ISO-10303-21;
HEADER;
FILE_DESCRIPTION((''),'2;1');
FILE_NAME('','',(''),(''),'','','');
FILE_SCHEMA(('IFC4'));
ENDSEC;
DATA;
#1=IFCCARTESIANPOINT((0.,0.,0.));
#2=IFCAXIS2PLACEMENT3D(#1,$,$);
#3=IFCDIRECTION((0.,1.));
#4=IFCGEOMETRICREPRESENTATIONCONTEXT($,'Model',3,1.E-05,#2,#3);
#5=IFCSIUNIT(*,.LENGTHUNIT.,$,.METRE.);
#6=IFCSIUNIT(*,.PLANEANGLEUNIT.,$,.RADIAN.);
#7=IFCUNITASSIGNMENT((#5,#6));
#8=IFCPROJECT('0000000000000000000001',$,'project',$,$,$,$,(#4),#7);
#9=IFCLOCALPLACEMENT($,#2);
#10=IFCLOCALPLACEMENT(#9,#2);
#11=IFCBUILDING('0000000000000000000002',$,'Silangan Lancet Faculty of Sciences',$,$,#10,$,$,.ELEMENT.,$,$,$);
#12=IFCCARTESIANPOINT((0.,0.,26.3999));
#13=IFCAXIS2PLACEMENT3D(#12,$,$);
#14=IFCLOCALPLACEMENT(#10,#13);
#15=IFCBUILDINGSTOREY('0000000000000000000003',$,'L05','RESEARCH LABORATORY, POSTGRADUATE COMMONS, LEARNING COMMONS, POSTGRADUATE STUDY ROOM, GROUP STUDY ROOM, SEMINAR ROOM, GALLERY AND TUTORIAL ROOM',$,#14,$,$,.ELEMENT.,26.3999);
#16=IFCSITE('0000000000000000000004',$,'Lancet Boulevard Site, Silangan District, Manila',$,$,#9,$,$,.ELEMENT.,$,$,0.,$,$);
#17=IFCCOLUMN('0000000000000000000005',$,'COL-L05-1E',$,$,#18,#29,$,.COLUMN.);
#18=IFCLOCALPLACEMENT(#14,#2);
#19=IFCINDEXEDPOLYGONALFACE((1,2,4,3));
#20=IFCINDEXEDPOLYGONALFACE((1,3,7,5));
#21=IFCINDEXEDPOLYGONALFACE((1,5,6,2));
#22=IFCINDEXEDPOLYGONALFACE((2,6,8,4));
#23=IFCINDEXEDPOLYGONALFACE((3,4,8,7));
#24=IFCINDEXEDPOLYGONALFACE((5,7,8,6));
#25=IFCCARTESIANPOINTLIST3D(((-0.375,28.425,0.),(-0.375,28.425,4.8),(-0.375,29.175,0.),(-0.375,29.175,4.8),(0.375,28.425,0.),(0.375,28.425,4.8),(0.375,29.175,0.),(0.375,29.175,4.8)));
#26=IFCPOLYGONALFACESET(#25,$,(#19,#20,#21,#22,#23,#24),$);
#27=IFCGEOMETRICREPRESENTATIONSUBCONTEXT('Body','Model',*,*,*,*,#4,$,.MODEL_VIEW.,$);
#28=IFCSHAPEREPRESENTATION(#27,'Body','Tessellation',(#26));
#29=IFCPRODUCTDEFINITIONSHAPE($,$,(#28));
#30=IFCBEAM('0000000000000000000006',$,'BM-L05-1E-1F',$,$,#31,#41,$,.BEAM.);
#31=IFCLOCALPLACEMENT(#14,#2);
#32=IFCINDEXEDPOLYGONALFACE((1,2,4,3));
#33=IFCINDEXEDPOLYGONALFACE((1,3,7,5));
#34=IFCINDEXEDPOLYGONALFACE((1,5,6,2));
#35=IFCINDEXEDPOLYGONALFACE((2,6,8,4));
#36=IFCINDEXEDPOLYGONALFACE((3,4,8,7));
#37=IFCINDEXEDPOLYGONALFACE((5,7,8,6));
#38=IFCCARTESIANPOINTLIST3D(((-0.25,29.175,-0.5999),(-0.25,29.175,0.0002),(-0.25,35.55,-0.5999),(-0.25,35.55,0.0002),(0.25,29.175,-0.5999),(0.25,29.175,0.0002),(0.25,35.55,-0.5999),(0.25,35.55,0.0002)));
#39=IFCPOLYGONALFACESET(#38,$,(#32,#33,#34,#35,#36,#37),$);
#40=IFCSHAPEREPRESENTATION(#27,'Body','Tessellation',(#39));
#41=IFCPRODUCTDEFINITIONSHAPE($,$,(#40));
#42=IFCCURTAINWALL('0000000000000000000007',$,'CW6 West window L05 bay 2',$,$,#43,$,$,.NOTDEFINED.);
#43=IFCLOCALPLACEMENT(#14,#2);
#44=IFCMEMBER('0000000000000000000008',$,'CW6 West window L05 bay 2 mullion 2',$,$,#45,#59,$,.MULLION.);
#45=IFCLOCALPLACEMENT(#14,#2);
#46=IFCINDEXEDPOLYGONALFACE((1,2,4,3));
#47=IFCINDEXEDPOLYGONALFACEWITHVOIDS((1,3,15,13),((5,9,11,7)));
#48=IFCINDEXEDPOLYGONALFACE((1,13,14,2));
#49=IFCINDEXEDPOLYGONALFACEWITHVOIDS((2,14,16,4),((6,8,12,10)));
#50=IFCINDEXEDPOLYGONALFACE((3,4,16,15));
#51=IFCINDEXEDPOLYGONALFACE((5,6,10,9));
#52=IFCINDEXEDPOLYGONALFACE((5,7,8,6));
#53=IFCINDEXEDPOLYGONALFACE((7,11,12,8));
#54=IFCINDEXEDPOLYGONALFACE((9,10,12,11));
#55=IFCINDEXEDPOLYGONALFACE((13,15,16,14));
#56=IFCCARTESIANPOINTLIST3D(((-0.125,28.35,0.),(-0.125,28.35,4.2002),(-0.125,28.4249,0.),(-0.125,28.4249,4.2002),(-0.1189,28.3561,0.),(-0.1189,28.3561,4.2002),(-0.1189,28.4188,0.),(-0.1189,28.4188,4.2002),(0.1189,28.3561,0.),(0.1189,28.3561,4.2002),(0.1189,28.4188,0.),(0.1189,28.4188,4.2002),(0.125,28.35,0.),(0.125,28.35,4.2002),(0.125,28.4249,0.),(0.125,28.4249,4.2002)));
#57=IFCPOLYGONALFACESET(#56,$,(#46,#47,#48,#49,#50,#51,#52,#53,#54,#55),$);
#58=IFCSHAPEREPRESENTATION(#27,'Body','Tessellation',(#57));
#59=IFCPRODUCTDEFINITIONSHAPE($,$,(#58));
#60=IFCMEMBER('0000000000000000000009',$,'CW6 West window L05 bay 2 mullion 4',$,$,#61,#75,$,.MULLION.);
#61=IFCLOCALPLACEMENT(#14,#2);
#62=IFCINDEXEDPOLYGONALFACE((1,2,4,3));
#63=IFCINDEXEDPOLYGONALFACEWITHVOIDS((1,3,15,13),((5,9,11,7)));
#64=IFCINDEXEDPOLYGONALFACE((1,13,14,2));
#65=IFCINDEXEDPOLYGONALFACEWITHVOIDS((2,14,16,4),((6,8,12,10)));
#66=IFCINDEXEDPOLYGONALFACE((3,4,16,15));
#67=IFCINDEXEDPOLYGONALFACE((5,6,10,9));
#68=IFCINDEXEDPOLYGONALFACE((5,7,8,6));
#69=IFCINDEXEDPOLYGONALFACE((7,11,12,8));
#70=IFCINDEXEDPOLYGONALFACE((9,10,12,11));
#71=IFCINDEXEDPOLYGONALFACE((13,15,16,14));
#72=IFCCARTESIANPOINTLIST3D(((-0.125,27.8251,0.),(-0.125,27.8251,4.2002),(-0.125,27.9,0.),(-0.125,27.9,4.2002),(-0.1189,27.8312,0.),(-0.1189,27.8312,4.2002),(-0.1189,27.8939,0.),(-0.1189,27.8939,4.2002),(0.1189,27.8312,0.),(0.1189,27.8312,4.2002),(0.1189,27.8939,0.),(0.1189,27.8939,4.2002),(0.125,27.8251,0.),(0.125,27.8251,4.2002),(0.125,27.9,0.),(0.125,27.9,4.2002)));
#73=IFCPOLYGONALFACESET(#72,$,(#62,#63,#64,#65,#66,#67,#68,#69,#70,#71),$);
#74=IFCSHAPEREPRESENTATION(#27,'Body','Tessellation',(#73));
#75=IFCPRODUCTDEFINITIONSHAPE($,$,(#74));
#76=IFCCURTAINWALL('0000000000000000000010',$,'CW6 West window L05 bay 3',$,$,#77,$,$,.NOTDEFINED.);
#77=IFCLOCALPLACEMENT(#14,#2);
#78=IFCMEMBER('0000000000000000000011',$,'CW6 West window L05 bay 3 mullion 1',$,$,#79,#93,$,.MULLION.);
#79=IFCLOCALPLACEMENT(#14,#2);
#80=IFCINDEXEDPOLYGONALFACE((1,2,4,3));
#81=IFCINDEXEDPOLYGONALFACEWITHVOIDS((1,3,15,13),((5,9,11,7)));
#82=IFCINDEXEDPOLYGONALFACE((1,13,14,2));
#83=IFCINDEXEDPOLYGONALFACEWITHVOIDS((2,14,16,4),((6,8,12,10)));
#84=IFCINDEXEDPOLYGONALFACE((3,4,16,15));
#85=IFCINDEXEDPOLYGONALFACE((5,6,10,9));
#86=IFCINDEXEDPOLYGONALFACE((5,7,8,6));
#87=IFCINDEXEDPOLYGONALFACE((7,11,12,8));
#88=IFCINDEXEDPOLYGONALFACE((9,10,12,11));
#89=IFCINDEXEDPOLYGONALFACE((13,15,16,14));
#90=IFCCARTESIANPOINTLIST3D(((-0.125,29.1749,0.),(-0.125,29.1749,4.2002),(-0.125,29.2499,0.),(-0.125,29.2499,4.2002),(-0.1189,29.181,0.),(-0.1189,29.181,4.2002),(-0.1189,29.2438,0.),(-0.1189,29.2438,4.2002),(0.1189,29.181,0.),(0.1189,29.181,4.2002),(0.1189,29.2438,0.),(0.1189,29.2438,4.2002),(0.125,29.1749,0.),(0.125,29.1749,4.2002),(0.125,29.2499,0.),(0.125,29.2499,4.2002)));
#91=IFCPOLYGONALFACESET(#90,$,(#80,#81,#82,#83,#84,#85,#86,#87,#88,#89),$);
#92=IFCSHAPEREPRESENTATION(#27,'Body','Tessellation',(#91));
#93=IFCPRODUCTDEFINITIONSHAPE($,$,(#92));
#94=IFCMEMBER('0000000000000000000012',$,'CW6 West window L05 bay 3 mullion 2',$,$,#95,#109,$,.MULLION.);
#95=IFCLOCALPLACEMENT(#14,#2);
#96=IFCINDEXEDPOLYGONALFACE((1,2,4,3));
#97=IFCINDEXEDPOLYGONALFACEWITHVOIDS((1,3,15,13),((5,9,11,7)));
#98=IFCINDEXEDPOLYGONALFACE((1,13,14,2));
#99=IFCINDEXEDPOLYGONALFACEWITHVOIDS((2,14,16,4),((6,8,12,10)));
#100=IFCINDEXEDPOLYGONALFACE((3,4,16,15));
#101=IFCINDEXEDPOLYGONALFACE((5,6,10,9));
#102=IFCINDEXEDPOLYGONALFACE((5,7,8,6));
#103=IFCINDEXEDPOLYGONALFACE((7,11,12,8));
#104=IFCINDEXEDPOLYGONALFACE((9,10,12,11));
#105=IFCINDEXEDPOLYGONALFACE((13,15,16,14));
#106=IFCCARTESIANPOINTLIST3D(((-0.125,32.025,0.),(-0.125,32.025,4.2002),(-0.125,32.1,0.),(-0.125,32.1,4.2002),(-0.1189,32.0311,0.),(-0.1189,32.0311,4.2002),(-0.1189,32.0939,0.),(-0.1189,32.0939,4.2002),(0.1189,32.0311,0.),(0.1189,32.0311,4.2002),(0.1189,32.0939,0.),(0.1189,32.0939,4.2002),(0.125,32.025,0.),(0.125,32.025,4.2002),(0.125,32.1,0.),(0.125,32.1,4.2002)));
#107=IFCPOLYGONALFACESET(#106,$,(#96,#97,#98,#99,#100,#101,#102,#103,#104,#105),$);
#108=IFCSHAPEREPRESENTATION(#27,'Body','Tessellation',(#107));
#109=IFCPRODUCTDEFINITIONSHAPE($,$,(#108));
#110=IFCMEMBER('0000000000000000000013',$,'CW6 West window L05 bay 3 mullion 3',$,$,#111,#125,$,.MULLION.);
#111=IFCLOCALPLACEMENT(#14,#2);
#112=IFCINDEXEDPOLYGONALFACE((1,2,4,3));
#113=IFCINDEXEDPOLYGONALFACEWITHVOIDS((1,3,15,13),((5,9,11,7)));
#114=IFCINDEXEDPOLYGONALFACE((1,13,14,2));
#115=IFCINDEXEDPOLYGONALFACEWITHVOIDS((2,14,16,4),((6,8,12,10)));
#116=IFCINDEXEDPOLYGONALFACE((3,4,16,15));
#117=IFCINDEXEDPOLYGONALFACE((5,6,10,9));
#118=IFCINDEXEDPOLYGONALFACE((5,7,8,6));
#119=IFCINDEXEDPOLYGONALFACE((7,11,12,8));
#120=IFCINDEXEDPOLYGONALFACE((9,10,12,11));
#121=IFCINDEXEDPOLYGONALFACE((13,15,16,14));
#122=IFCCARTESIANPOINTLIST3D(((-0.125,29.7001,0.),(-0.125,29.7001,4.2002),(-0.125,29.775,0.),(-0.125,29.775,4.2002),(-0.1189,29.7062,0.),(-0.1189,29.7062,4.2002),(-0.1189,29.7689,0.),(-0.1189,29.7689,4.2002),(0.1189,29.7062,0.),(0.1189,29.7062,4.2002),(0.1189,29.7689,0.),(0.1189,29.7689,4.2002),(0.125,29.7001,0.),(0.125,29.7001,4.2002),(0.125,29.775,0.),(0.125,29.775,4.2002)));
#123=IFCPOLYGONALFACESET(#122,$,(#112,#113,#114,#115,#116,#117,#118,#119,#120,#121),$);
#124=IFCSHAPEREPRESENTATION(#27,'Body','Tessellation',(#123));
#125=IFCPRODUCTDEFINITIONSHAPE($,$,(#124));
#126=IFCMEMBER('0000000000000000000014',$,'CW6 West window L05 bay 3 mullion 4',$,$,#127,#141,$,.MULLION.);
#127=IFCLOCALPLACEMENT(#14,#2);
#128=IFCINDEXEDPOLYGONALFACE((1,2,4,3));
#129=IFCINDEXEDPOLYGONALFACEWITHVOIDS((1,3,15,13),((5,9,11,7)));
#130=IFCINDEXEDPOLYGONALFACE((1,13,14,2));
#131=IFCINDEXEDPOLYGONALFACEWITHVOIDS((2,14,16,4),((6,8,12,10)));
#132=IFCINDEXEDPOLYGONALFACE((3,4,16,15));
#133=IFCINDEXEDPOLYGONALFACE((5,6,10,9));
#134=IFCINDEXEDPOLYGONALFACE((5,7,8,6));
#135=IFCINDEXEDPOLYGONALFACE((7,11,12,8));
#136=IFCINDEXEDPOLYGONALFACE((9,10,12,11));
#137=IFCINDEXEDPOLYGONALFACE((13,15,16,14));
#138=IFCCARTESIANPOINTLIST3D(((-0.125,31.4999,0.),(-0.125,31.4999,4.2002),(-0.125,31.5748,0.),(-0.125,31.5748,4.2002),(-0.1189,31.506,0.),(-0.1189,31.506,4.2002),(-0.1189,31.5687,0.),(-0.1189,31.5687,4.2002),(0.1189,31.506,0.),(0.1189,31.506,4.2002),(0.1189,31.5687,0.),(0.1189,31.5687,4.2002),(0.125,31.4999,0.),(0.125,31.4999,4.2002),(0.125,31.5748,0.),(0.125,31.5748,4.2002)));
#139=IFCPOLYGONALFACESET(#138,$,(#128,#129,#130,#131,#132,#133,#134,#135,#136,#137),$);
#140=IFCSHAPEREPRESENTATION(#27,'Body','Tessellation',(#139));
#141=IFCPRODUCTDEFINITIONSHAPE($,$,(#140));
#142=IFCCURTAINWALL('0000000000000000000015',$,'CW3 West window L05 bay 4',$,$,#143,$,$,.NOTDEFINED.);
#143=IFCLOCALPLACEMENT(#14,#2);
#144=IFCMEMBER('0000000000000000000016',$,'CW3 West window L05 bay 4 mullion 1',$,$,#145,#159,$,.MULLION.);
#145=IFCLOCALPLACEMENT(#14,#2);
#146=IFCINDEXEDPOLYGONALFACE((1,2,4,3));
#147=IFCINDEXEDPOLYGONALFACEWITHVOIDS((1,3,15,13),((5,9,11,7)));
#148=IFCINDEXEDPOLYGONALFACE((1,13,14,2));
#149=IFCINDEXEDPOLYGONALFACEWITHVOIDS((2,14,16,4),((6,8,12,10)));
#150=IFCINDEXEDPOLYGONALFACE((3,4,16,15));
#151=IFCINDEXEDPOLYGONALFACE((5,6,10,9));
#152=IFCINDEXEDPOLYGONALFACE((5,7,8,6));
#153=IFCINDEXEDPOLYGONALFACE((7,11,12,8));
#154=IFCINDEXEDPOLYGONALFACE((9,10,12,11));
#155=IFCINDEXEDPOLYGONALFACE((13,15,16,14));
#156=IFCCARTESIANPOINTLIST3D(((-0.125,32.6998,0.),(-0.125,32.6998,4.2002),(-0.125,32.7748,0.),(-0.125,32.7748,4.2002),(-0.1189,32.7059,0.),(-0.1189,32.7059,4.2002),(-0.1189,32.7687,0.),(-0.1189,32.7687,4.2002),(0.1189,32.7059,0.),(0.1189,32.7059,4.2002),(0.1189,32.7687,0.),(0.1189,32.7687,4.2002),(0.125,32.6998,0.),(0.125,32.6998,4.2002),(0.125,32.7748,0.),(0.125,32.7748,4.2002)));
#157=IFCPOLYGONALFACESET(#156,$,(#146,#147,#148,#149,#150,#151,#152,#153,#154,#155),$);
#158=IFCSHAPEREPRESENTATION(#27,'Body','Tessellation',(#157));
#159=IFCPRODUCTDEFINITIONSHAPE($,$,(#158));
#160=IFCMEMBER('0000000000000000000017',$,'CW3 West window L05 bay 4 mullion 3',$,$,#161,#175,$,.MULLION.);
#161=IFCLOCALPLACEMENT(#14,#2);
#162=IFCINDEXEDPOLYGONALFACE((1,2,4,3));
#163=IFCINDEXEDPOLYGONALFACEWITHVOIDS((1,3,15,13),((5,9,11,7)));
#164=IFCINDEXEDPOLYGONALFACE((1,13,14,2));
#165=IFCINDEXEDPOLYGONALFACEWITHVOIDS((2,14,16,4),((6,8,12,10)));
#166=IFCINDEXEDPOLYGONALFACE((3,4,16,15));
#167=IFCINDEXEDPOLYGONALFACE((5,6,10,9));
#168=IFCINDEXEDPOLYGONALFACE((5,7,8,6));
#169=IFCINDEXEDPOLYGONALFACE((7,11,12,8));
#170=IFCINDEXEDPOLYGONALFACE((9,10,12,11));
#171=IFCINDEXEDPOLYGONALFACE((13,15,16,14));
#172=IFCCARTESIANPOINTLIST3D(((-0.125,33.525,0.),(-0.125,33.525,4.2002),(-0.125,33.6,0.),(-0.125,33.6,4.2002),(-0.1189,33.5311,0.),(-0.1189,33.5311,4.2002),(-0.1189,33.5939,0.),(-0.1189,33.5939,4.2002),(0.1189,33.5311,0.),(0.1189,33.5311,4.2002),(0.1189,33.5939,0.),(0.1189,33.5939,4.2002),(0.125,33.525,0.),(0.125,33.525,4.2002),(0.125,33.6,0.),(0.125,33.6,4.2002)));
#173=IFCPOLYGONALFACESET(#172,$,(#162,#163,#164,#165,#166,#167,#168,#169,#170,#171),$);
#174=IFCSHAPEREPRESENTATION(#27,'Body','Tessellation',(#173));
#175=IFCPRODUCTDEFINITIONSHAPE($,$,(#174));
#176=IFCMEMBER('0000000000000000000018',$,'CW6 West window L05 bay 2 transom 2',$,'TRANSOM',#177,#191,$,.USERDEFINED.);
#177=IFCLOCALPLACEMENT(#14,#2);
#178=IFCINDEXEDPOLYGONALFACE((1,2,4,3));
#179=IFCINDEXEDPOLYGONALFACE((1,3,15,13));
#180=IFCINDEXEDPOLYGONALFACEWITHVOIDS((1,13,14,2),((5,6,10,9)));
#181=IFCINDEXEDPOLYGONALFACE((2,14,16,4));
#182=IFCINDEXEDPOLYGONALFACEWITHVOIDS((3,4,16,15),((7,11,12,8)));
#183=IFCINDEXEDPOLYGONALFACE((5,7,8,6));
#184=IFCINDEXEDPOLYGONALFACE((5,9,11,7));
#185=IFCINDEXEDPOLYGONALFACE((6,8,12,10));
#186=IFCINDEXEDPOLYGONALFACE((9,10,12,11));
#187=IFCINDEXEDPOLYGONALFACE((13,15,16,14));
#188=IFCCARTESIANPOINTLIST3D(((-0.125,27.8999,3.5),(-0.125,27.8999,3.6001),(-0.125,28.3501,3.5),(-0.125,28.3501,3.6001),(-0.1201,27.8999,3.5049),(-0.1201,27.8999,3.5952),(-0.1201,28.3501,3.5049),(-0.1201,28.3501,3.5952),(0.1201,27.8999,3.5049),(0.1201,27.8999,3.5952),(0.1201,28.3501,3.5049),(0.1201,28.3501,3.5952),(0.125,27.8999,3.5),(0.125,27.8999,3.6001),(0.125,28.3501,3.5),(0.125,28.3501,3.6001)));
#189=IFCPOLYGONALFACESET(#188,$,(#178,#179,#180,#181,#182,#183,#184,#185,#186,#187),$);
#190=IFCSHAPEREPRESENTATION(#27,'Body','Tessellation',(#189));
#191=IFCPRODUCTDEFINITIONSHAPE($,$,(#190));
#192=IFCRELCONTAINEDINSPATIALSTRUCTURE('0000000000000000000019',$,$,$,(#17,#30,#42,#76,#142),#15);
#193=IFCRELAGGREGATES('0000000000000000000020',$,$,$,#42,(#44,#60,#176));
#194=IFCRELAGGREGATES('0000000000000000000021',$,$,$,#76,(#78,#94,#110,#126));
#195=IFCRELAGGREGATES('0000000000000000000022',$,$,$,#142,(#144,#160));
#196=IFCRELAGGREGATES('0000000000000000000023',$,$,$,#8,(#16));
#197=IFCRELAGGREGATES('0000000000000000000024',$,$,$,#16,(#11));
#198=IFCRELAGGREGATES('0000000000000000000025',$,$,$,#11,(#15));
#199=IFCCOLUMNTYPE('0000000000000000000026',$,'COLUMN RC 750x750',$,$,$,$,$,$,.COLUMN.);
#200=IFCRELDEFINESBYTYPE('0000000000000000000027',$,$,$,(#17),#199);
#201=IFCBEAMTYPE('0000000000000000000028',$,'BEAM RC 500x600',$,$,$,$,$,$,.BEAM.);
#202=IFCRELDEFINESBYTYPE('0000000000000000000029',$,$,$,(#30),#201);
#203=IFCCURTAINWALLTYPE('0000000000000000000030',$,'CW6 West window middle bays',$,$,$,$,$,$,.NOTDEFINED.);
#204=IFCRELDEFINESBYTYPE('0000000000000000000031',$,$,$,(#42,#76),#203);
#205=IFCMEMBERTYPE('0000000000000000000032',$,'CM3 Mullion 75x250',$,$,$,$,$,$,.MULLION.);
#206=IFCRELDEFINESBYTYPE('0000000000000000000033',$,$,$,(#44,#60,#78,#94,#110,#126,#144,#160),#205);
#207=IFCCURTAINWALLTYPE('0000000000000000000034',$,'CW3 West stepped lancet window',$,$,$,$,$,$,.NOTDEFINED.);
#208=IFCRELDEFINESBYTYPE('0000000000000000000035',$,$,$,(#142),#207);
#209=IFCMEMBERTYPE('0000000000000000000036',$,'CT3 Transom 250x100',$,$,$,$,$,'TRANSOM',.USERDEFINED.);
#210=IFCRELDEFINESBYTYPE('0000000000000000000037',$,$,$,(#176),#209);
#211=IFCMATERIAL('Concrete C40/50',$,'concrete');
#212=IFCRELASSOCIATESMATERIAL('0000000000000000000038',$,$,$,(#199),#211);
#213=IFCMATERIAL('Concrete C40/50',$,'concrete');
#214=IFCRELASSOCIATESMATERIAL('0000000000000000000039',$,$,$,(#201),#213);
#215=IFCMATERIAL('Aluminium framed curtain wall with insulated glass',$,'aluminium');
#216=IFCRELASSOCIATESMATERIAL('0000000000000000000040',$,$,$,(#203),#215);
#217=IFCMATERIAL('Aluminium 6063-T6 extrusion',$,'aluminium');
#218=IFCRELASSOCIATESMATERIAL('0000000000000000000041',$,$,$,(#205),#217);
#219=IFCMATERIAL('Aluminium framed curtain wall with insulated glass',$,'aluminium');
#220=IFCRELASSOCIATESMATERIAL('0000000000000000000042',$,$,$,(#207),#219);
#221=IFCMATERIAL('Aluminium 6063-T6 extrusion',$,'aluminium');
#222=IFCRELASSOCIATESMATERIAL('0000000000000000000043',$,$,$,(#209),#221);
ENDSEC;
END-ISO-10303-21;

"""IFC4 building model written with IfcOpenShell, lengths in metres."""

from ifc_helpers import new_model, si_unit, direction, frame, origin, origin_2d, place, context, subcontext, project, spatial, rectangle, hollow_rectangle, extrude, material, material_profile, profile_set, type_object, element, aggregate, save


model = new_model("IFC4")

# Units and contexts
model_context = context("Model", 3, precision=1e-05, world=origin(), true_north=direction((0.0, 1.0)))
body_context = subcontext(model_context, "Body", "Model", "MODEL_VIEW")
ifc_project = project(units=[si_unit("LENGTHUNIT", "METRE"), si_unit("PLANEANGLEUNIT", "RADIAN")], contexts=[model_context])

# Site, building, storey
site_placement = place(None, origin())
site = spatial("IfcSite", under=ifc_project, at=site_placement, Name="Lancet Boulevard Site, Silangan District, Manila", CompositionType="ELEMENT", RefElevation=0.0)
building_placement = place(site_placement, origin())
building = spatial("IfcBuilding", under=site, at=building_placement, Name="Silangan Lancet Faculty of Sciences", CompositionType="ELEMENT")
storey_placement = place(building_placement, frame((0.0, 0.0, 26.3999)))
storey = spatial("IfcBuildingStorey", under=building, at=storey_placement, Name="L05", Description="RESEARCH LABORATORY, POSTGRADUATE COMMONS, LEARNING COMMONS, POSTGRADUATE STUDY ROOM, GROUP STUDY ROOM, SEMINAR ROOM, GALLERY AND TUTORIAL ROOM", CompositionType="ELEMENT", Elevation=26.3999)

# Column
ifc_material_1 = material(Name="Concrete C40/50", Category="concrete")
ifc_material_profile_1 = material_profile(ifc_material_1, rectangle(XDim=0.75, YDim=0.75, at=origin_2d()), Name="RC 750x750")
ifc_profile_set_1 = profile_set([ifc_material_profile_1], Name="Concrete C40/50")
column_type = type_object("IfcColumnType", Name="COLUMN RC 750x750", PredefinedType="COLUMN", material=ifc_profile_set_1)
column_placement = place(storey_placement, frame((0.0, 28.8, 0.0), z_axis=(0.0, 0.0, 1.0), x_axis=(1.0, 0.0, 0.0)))
element("IfcColumn", 1, at=column_placement, inside=storey, type_object=column_type, Name="COL-L05-1E", PredefinedType="COLUMN", context=body_context, shape_type="SweptSolid", body=[
    extrude(rectangle(XDim=0.75, YDim=0.75, at=origin_2d()), origin(), (0.0, 0.0, 1.0), 4.8),
])

# Beam
ifc_material_2 = material(Name="Concrete C40/50", Category="concrete")
ifc_material_profile_2 = material_profile(ifc_material_2, rectangle(XDim=0.5, YDim=0.6001, at=origin_2d()), Name="RC 500x600")
ifc_profile_set_2 = profile_set([ifc_material_profile_2], Name="Concrete C40/50")
beam_type = type_object("IfcBeamType", Name="BEAM RC 500x600", PredefinedType="BEAM", material=ifc_profile_set_2)
beam_placement = place(storey_placement, frame((0.0, 29.175, -0.2998), z_axis=(0.0, 1.0, 0.0), x_axis=(-1.0, 0.0, 0.0)))
element("IfcBeam", 2, at=beam_placement, inside=storey, type_object=beam_type, Name="BM-L05-1E-1F", PredefinedType="BEAM", context=body_context, shape_type="SweptSolid", body=[
    extrude(rectangle(XDim=0.5, YDim=0.6001, at=origin_2d()), origin(), (0.0, 0.0, 1.0), 6.375),
])

# Curtain walls, members
ifc_material_3 = material(Name="Aluminium framed curtain wall with insulated glass", Category="aluminium")
curtain_wall_type_1 = type_object("IfcCurtainWallType", Name="CW6 West window middle bays", PredefinedType="NOTDEFINED", material=ifc_material_3)
curtain_wall_1_placement = place(storey_placement, origin())
curtain_wall_1 = element("IfcCurtainWall", 3, at=curtain_wall_1_placement, inside=storey, type_object=curtain_wall_type_1, Name="CW6 West window L05 bay 2", PredefinedType="NOTDEFINED")
ifc_material_4 = material(Name="Aluminium 6063-T6 extrusion", Category="aluminium")
ifc_material_profile_3 = material_profile(ifc_material_4, hollow_rectangle(XDim=0.075, YDim=0.25, WallThickness=0.0061, at=origin_2d()), Name="AL BOX 75x250x6")
ifc_profile_set_3 = profile_set([ifc_material_profile_3], Name="Aluminium 6063-T6 extrusion")
member_type_1 = type_object("IfcMemberType", Name="CM3 Mullion 75x250", PredefinedType="MULLION", material=ifc_profile_set_3)
member_1_placement = place(storey_placement, frame((0.0, 28.3875, 0.0), z_axis=(0.0, 0.0, 1.0), x_axis=(0.0, 1.0, 0.0)))
member_1 = element("IfcMember", 4, at=member_1_placement, type_object=member_type_1, Name="CW6 West window L05 bay 2 mullion 2", PredefinedType="MULLION", context=body_context, shape_type="SweptSolid", body=[
    extrude(hollow_rectangle(XDim=0.075, YDim=0.25, WallThickness=0.0061, at=origin_2d()), origin(), (0.0, 0.0, 1.0), 4.2002),
])
member_2_placement = place(storey_placement, frame((0.0, 27.8625, 0.0), z_axis=(0.0, 0.0, 1.0), x_axis=(0.0, 1.0, 0.0)))
member_2 = element("IfcMember", 5, at=member_2_placement, type_object=member_type_1, Name="CW6 West window L05 bay 2 mullion 4", PredefinedType="MULLION", context=body_context, shape_type="SweptSolid", body=[
    extrude(hollow_rectangle(XDim=0.075, YDim=0.25, WallThickness=0.0061, at=origin_2d()), origin(), (0.0, 0.0, 1.0), 4.2002),
])
curtain_wall_2_placement = place(storey_placement, origin())
curtain_wall_2 = element("IfcCurtainWall", 6, at=curtain_wall_2_placement, inside=storey, type_object=curtain_wall_type_1, Name="CW6 West window L05 bay 3", PredefinedType="NOTDEFINED")
member_3_placement = place(storey_placement, frame((0.0, 29.2124, 0.0), z_axis=(0.0, 0.0, 1.0), x_axis=(0.0, 1.0, 0.0)))
member_3 = element("IfcMember", 7, at=member_3_placement, type_object=member_type_1, Name="CW6 West window L05 bay 3 mullion 1", PredefinedType="MULLION", context=body_context, shape_type="SweptSolid", body=[
    extrude(hollow_rectangle(XDim=0.075, YDim=0.25, WallThickness=0.0061, at=origin_2d()), origin(), (0.0, 0.0, 1.0), 4.2002),
])
member_4_placement = place(storey_placement, frame((0.0, 32.0625, 0.0), z_axis=(0.0, 0.0, 1.0), x_axis=(0.0, 1.0, 0.0)))
member_4 = element("IfcMember", 8, at=member_4_placement, type_object=member_type_1, Name="CW6 West window L05 bay 3 mullion 2", PredefinedType="MULLION", context=body_context, shape_type="SweptSolid", body=[
    extrude(hollow_rectangle(XDim=0.075, YDim=0.25, WallThickness=0.0061, at=origin_2d()), origin(), (0.0, 0.0, 1.0), 4.2002),
])
member_5_placement = place(storey_placement, frame((0.0, 29.7375, 0.0), z_axis=(0.0, 0.0, 1.0), x_axis=(0.0, 1.0, 0.0)))
member_5 = element("IfcMember", 9, at=member_5_placement, type_object=member_type_1, Name="CW6 West window L05 bay 3 mullion 3", PredefinedType="MULLION", context=body_context, shape_type="SweptSolid", body=[
    extrude(hollow_rectangle(XDim=0.075, YDim=0.25, WallThickness=0.0061, at=origin_2d()), origin(), (0.0, 0.0, 1.0), 4.2002),
])
member_6_placement = place(storey_placement, frame((0.0, 31.5374, 0.0), z_axis=(0.0, 0.0, 1.0), x_axis=(0.0, 1.0, 0.0)))
member_6 = element("IfcMember", 10, at=member_6_placement, type_object=member_type_1, Name="CW6 West window L05 bay 3 mullion 4", PredefinedType="MULLION", context=body_context, shape_type="SweptSolid", body=[
    extrude(hollow_rectangle(XDim=0.075, YDim=0.25, WallThickness=0.0061, at=origin_2d()), origin(), (0.0, 0.0, 1.0), 4.2002),
])
ifc_material_5 = material(Name="Aluminium framed curtain wall with insulated glass", Category="aluminium")
curtain_wall_type_2 = type_object("IfcCurtainWallType", Name="CW3 West stepped lancet window", PredefinedType="NOTDEFINED", material=ifc_material_5)
curtain_wall_3_placement = place(storey_placement, origin())
curtain_wall_3 = element("IfcCurtainWall", 11, at=curtain_wall_3_placement, inside=storey, type_object=curtain_wall_type_2, Name="CW3 West window L05 bay 4", PredefinedType="NOTDEFINED")
member_7_placement = place(storey_placement, frame((0.0, 32.7373, 0.0), z_axis=(0.0, 0.0, 1.0), x_axis=(0.0, 1.0, 0.0)))
member_7 = element("IfcMember", 12, at=member_7_placement, type_object=member_type_1, Name="CW3 West window L05 bay 4 mullion 1", PredefinedType="MULLION", context=body_context, shape_type="SweptSolid", body=[
    extrude(hollow_rectangle(XDim=0.075, YDim=0.25, WallThickness=0.0061, at=origin_2d()), origin(), (0.0, 0.0, 1.0), 4.2002),
])
member_8_placement = place(storey_placement, frame((0.0, 33.5625, 0.0), z_axis=(0.0, 0.0, 1.0), x_axis=(0.0, 1.0, 0.0)))
member_8 = element("IfcMember", 13, at=member_8_placement, type_object=member_type_1, Name="CW3 West window L05 bay 4 mullion 3", PredefinedType="MULLION", context=body_context, shape_type="SweptSolid", body=[
    extrude(hollow_rectangle(XDim=0.075, YDim=0.25, WallThickness=0.0061, at=origin_2d()), origin(), (0.0, 0.0, 1.0), 4.2002),
])

# Member
ifc_material_6 = material(Name="Aluminium 6063-T6 extrusion", Category="aluminium")
ifc_material_profile_4 = material_profile(ifc_material_6, hollow_rectangle(XDim=0.25, YDim=0.1001, WallThickness=0.0049, at=origin_2d()), Name="AL BOX 250x100x5")
ifc_profile_set_4 = profile_set([ifc_material_profile_4], Name="Aluminium 6063-T6 extrusion")
member_type_2 = type_object("IfcMemberType", Name="CT3 Transom 250x100", ElementType="TRANSOM", PredefinedType="USERDEFINED", material=ifc_profile_set_4)
member_9_placement = place(storey_placement, frame((0.0, 27.8999, 3.55), z_axis=(0.0, 1.0, 0.0), x_axis=(-1.0, 0.0, 0.0)))
member_9 = element("IfcMember", 14, at=member_9_placement, type_object=member_type_2, Name="CW6 West window L05 bay 2 transom 2", ObjectType="TRANSOM", PredefinedType="USERDEFINED", context=body_context, shape_type="SweptSolid", body=[
    extrude(hollow_rectangle(XDim=0.25, YDim=0.1001, WallThickness=0.0049, at=origin_2d()), origin(), (0.0, 0.0, 1.0), 0.4502),
])

aggregate(curtain_wall_1, [member_1, member_2, member_9])
aggregate(curtain_wall_2, [member_3, member_4, member_5, member_6])
aggregate(curtain_wall_3, [member_7, member_8])

save(model, "model.ifc")
